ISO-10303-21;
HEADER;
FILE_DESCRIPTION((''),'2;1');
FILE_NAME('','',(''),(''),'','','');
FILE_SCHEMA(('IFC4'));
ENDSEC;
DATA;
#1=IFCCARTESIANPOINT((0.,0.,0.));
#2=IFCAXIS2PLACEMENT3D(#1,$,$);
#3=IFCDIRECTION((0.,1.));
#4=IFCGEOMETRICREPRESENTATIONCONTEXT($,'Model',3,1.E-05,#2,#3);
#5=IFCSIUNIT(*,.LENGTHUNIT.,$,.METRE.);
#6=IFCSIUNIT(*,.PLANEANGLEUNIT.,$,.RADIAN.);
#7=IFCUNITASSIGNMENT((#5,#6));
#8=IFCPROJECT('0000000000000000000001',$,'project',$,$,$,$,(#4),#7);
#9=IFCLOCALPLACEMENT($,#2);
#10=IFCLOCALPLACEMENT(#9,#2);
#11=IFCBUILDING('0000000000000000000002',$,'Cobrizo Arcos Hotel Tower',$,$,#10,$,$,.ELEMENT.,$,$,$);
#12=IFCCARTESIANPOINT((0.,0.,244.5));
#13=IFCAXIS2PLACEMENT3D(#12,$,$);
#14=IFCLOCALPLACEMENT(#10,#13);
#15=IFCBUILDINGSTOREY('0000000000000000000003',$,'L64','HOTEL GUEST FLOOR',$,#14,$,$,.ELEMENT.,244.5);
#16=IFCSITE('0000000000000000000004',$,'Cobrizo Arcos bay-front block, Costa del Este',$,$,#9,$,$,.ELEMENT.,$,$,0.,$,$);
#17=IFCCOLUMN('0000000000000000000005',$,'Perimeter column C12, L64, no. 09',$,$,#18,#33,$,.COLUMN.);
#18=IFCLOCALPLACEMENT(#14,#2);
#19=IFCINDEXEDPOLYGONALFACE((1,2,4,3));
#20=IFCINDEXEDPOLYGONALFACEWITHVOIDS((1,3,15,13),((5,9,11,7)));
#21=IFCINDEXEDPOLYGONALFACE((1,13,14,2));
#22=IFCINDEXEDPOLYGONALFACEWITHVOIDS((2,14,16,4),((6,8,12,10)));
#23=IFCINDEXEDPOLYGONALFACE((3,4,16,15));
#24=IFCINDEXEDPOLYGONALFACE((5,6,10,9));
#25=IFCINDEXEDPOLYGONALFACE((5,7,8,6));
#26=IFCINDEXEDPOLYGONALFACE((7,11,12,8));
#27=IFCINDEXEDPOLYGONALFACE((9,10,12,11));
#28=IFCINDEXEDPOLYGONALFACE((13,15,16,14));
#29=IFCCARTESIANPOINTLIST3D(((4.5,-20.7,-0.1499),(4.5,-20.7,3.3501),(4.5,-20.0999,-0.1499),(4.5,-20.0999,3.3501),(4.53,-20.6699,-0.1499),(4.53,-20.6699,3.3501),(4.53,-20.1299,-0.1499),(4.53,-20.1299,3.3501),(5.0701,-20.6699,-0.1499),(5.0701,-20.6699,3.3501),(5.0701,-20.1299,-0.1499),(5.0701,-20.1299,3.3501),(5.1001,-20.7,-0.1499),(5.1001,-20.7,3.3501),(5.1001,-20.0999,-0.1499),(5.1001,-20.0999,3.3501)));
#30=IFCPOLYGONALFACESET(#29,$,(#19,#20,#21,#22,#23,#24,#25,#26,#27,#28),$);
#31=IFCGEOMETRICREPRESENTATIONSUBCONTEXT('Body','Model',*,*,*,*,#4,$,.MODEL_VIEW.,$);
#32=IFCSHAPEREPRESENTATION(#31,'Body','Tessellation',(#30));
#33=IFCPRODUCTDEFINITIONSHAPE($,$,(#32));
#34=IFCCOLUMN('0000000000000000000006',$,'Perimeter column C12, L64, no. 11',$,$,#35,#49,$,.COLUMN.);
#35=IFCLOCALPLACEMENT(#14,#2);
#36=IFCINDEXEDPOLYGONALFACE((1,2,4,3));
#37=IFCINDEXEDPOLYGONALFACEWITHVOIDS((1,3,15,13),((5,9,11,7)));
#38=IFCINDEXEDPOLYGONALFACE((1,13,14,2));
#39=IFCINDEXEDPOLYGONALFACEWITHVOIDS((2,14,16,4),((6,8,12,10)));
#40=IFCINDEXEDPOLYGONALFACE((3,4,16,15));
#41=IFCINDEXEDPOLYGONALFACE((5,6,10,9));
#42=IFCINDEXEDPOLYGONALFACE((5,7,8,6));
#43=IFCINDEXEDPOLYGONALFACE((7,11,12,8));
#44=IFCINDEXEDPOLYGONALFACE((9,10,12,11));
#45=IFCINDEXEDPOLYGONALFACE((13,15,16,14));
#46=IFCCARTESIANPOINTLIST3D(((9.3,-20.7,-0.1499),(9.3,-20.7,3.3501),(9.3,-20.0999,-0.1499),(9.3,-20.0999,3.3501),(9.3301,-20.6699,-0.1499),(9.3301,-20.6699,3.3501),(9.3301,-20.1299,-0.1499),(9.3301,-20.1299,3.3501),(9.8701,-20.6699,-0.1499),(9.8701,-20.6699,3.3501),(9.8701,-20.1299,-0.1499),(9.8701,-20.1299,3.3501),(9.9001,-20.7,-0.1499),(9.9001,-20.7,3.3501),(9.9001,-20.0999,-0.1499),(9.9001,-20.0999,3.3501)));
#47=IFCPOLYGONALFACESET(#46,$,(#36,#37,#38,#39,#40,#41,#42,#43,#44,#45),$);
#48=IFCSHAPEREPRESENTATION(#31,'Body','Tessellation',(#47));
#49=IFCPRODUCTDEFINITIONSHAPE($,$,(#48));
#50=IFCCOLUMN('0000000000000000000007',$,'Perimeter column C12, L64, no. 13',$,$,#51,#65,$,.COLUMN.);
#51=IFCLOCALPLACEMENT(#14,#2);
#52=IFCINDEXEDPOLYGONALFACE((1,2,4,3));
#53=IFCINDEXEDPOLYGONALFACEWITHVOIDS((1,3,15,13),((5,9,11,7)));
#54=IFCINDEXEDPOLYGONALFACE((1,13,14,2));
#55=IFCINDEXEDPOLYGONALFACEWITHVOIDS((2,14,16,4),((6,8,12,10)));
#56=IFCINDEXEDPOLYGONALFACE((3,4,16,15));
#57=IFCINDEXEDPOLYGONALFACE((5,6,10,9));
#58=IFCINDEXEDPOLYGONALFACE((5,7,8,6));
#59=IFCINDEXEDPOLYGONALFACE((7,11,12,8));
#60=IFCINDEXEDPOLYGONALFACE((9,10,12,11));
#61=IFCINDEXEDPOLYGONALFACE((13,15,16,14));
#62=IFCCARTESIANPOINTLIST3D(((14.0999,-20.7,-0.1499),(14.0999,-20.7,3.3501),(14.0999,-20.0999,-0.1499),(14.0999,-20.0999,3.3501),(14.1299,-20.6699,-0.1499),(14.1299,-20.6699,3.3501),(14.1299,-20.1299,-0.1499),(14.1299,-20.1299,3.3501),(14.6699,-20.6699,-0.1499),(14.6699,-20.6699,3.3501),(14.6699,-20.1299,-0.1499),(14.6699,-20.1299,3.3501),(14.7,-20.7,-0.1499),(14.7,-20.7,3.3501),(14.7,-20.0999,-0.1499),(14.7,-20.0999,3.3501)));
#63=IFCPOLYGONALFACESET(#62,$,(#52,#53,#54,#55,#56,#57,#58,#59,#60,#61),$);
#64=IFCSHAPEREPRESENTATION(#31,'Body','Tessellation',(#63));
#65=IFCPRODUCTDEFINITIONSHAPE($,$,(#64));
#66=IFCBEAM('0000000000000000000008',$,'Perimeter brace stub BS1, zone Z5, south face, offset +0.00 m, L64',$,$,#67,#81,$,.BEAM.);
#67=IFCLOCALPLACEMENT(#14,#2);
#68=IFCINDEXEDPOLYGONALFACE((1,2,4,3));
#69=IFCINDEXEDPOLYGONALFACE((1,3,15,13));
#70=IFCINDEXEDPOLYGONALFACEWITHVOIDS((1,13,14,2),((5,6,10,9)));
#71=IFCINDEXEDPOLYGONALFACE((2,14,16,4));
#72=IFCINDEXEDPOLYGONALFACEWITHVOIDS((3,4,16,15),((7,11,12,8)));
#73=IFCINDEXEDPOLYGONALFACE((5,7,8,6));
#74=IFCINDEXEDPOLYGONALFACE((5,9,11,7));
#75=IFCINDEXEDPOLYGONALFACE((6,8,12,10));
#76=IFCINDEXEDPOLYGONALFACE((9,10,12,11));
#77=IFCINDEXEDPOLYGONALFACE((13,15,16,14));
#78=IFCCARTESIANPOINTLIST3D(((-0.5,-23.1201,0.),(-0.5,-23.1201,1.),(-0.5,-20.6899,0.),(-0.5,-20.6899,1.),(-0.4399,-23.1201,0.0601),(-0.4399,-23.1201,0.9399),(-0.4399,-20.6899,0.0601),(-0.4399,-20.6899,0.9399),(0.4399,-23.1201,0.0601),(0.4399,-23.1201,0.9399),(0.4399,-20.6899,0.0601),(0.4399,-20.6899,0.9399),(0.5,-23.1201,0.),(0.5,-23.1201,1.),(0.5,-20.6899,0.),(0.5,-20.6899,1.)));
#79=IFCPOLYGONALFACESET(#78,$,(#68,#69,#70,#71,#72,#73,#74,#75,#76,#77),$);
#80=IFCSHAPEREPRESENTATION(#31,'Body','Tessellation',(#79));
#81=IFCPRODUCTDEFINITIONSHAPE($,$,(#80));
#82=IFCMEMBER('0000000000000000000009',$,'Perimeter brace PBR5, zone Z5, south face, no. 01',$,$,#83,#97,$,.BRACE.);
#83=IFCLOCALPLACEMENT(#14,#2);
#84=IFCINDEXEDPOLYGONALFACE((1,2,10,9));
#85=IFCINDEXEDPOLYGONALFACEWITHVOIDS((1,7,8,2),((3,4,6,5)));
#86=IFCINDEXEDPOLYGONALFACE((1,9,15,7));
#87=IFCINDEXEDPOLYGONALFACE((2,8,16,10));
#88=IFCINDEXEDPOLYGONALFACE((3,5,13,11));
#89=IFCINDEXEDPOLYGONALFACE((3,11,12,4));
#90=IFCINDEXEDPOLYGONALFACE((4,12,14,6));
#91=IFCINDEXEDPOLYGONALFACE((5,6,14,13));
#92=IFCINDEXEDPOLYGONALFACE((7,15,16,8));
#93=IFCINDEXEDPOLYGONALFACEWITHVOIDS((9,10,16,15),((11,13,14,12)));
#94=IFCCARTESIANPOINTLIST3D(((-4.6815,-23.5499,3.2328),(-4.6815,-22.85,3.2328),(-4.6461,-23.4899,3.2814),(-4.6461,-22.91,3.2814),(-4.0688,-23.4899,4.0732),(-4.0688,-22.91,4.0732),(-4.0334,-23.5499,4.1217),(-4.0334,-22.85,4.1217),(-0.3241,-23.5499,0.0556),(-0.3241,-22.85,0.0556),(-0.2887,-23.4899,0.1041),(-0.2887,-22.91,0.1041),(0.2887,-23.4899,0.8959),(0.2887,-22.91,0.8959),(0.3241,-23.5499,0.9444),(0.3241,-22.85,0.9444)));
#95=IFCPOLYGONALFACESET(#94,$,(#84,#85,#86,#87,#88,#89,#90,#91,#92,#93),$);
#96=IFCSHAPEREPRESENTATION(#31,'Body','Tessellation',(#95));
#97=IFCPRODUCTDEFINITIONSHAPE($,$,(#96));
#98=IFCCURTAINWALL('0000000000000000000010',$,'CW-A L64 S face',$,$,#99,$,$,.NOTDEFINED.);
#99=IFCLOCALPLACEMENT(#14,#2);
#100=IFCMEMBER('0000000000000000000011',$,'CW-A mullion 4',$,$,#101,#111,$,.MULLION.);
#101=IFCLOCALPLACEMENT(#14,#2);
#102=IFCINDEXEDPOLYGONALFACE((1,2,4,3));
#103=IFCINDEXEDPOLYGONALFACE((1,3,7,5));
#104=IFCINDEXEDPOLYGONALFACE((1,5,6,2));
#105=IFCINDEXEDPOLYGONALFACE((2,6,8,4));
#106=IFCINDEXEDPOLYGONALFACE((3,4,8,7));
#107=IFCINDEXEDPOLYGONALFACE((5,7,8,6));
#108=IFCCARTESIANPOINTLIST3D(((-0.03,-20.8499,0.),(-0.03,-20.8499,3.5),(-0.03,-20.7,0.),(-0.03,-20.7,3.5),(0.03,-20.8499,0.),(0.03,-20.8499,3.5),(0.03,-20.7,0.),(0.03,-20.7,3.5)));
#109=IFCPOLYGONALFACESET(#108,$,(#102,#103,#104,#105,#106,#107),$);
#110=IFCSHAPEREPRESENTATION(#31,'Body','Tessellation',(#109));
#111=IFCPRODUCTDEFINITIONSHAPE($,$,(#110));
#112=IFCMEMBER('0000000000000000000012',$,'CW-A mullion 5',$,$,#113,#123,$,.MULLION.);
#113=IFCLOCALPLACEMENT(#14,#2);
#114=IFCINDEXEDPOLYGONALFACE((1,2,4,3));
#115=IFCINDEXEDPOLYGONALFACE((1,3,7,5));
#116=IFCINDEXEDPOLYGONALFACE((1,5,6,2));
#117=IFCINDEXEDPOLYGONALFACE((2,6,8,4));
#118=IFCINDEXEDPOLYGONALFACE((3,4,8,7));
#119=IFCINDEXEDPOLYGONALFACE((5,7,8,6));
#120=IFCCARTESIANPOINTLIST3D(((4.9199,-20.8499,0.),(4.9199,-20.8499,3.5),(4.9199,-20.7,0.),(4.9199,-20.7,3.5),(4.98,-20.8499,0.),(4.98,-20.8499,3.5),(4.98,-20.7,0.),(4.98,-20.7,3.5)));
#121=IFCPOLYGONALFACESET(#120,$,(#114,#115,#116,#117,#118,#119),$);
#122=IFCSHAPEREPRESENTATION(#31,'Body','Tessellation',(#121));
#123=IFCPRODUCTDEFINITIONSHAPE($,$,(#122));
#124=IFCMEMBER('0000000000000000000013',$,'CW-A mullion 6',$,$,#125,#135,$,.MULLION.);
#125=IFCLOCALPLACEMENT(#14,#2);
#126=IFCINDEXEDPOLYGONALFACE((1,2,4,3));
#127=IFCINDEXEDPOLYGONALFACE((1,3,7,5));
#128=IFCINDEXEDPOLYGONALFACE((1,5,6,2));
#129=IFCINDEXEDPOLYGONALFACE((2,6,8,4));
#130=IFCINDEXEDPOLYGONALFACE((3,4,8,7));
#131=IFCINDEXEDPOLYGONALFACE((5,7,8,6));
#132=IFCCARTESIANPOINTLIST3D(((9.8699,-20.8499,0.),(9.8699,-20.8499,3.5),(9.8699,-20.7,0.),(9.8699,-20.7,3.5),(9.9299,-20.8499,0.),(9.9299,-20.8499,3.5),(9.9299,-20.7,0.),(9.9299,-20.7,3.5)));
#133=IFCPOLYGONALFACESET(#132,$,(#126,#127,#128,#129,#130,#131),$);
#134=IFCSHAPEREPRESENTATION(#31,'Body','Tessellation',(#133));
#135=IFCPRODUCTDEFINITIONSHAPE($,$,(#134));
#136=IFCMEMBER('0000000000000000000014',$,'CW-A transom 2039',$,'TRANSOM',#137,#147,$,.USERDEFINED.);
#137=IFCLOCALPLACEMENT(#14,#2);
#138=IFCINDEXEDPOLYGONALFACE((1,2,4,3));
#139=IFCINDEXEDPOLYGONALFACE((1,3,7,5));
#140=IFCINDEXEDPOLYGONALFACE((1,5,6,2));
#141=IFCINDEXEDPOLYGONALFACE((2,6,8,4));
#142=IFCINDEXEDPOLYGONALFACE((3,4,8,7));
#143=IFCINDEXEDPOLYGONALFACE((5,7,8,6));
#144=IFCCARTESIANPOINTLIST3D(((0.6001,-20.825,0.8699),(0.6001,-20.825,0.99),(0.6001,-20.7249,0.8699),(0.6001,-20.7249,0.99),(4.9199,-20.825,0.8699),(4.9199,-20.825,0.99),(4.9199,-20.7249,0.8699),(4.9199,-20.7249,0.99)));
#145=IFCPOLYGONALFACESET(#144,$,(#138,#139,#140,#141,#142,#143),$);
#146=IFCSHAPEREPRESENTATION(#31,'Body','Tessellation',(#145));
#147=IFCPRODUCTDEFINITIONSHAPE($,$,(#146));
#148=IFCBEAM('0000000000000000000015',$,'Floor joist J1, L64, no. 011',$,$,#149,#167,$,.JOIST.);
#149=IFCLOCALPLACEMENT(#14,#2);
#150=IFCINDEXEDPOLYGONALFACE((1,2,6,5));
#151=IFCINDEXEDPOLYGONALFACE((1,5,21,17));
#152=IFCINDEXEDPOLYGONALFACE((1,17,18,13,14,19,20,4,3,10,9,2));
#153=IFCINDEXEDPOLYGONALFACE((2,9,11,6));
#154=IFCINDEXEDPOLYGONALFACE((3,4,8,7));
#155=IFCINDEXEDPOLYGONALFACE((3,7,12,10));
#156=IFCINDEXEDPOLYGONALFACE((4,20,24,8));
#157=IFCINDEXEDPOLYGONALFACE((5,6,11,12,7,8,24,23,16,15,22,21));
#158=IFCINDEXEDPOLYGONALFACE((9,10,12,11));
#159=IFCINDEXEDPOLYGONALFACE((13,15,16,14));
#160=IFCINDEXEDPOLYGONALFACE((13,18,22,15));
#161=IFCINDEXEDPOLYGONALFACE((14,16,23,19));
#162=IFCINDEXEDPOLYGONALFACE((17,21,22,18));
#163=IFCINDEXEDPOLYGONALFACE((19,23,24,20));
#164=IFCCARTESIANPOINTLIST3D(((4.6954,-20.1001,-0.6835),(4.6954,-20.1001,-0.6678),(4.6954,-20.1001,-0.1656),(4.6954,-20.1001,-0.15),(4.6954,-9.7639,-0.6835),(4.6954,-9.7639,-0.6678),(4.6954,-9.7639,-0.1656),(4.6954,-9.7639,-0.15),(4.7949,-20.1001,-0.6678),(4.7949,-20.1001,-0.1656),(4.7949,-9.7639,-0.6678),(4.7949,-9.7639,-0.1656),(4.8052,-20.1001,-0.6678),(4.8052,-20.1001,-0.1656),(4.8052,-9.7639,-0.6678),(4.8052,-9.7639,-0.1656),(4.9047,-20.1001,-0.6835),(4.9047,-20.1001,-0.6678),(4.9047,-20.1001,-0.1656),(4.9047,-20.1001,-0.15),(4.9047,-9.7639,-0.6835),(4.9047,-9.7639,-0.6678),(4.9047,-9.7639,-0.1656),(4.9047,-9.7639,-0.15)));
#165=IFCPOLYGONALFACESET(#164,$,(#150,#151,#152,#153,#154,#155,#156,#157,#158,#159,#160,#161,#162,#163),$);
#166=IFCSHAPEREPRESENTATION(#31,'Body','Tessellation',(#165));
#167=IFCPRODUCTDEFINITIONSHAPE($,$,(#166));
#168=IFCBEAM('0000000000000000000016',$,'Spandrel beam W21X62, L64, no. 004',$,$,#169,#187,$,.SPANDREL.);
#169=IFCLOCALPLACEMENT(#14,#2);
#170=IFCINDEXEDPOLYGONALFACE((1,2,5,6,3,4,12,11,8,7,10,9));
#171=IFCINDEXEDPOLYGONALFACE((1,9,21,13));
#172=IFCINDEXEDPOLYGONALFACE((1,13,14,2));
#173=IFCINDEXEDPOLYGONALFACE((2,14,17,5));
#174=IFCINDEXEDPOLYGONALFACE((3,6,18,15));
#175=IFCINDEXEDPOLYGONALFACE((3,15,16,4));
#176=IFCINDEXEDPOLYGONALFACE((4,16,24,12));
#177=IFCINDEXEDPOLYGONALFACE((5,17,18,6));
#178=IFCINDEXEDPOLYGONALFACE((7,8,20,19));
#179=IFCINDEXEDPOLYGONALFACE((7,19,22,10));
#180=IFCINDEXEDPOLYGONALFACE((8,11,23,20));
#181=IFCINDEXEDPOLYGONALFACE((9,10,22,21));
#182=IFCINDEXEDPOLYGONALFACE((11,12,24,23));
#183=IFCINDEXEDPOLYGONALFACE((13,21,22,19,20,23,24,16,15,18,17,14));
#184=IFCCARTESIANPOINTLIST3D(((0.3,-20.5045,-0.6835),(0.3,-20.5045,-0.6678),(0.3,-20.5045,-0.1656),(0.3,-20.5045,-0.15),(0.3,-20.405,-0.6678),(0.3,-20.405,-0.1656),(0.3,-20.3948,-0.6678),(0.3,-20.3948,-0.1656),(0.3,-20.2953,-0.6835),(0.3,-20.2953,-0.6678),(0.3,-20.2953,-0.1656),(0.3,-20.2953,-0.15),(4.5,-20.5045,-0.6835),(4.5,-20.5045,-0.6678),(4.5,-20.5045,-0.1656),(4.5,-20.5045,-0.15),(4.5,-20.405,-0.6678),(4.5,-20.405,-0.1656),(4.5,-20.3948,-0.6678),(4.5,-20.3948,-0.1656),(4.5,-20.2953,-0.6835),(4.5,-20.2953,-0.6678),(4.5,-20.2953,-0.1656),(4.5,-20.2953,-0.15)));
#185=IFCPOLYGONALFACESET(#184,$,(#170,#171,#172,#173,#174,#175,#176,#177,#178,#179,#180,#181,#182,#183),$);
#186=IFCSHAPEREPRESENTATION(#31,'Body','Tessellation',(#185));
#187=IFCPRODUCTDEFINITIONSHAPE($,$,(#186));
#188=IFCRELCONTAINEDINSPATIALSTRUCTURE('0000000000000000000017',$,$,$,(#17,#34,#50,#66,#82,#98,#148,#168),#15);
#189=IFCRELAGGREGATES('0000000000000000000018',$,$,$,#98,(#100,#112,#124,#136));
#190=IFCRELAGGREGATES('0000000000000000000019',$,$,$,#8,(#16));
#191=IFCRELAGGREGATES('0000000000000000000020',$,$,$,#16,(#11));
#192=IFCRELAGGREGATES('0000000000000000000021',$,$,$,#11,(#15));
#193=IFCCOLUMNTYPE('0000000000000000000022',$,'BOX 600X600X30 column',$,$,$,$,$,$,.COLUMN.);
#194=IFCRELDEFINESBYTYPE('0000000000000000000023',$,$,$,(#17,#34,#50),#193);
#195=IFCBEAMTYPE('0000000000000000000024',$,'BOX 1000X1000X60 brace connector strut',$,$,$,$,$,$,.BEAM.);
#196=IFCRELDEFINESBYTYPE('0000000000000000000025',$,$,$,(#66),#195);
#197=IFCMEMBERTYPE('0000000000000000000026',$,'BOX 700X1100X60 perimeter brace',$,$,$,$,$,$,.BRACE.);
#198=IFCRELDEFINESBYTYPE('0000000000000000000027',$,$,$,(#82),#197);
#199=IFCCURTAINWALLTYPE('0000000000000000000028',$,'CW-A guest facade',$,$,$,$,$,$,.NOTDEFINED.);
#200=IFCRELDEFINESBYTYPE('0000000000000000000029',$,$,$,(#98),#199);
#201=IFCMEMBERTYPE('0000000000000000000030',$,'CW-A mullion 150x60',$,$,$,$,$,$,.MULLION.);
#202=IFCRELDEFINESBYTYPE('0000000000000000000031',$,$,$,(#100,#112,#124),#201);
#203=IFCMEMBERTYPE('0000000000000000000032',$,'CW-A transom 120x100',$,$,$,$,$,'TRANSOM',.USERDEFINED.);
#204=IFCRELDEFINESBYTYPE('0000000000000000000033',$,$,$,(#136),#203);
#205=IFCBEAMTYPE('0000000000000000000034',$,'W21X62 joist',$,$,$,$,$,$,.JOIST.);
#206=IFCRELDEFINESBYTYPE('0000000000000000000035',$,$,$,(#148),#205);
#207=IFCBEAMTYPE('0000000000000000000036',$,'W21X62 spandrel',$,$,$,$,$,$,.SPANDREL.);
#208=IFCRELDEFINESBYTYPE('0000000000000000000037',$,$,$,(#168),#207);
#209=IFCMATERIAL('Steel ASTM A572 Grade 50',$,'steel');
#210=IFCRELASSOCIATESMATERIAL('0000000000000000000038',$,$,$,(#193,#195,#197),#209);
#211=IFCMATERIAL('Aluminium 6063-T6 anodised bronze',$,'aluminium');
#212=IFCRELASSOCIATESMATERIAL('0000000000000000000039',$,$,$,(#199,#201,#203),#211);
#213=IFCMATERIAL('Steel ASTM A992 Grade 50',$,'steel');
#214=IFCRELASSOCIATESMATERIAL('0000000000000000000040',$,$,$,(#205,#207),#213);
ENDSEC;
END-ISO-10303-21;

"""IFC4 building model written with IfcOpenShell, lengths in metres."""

from ifc_helpers import new_model, si_unit, direction, frame, origin, origin_2d, place, context, subcontext, project, spatial, rectangle, hollow_rectangle, i_section, extrude, material, material_profile, profile_set, type_object, element, aggregate, save


model = new_model("IFC4")

# Units and contexts
model_context = context("Model", 3, precision=1e-05, world=origin(), true_north=direction((0.0, 1.0)))
body_context = subcontext(model_context, "Body", "Model", "MODEL_VIEW")
ifc_project = project(units=[si_unit("LENGTHUNIT", "METRE"), si_unit("PLANEANGLEUNIT", "RADIAN")], contexts=[model_context])

# Site, building, storey
site_placement = place(None, origin())
site = spatial("IfcSite", under=ifc_project, at=site_placement, Name="Cobrizo Arcos bay-front block, Costa del Este", CompositionType="ELEMENT", RefElevation=0.0)
building_placement = place(site_placement, origin())
building = spatial("IfcBuilding", under=site, at=building_placement, Name="Cobrizo Arcos Hotel Tower", CompositionType="ELEMENT")
storey_placement = place(building_placement, frame((0.0, 0.0, 244.5)))
storey = spatial("IfcBuildingStorey", under=building, at=storey_placement, Name="L64", Description="HOTEL GUEST FLOOR", CompositionType="ELEMENT", Elevation=244.5)

# Columns
ifc_material_1 = material(Name="Steel ASTM A572 Grade 50", Category="steel")
ifc_material_profile_1 = material_profile(ifc_material_1, hollow_rectangle(XDim=0.6001, YDim=0.6001, WallThickness=0.03, at=origin_2d()), Name="BOX 600X600X30")
ifc_profile_set_1 = profile_set([ifc_material_profile_1], Name="Steel ASTM A572 Grade 50")
column_type = type_object("IfcColumnType", Name="BOX 600X600X30 column", PredefinedType="COLUMN", material=ifc_profile_set_1)
for number, where, z_axis, x_axis, name in (
    (1, (4.8, -20.3999, -0.1499), (0.0, 0.0, 1.0), (1.0, 0.0, 0.0), "Perimeter column C12, L64, no. 09"),
    (2, (9.6001, -20.3999, -0.1499), (0.0, 0.0, 1.0), (1.0, 0.0, 0.0), "Perimeter column C12, L64, no. 11"),
    (3, (14.3999, -20.3999, -0.1499), (0.0, 0.0, 1.0), (1.0, 0.0, 0.0), "Perimeter column C12, L64, no. 13"),
):
    element("IfcColumn", number, at=place(storey_placement, frame(where, z_axis=z_axis, x_axis=x_axis)), inside=storey, type_object=column_type, Name=name, PredefinedType="COLUMN", context=body_context, shape_type="SweptSolid", body=[
        extrude(hollow_rectangle(XDim=0.6001, YDim=0.6001, WallThickness=0.03, at=origin_2d()), origin(), (0.0, 0.0, 1.0), 3.5),
    ])

# Beam
ifc_material_profile_2 = material_profile(ifc_material_1, hollow_rectangle(XDim=1.0, YDim=1.0, WallThickness=0.0601, at=origin_2d()), Name="BOX 1000X1000X60")
ifc_profile_set_2 = profile_set([ifc_material_profile_2], Name="Steel ASTM A572 Grade 50")
beam_type_1 = type_object("IfcBeamType", Name="BOX 1000X1000X60 brace connector strut", PredefinedType="BEAM", material=ifc_profile_set_2)
beam_1_placement = place(storey_placement, frame((0.0, -20.6899, 0.5), z_axis=(0.0, -1.0, 0.0), x_axis=(1.0, 0.0, 0.0)))
element("IfcBeam", 4, at=beam_1_placement, inside=storey, type_object=beam_type_1, Name="Perimeter brace stub BS1, zone Z5, south face, offset +0.00 m, L64", PredefinedType="BEAM", context=body_context, shape_type="SweptSolid", body=[
    extrude(hollow_rectangle(XDim=1.0, YDim=1.0, WallThickness=0.0601, at=origin_2d()), origin(), (0.0, 0.0, 1.0), 2.4302),
])

# Member
ifc_material_profile_3 = material_profile(ifc_material_1, hollow_rectangle(XDim=0.7, YDim=1.1001, WallThickness=0.0601, at=origin_2d()), Name="BOX 700X1100X60")
ifc_profile_set_3 = profile_set([ifc_material_profile_3], Name="Steel ASTM A572 Grade 50")
member_type_1 = type_object("IfcMemberType", Name="BOX 700X1100X60 perimeter brace", PredefinedType="BRACE", material=ifc_profile_set_3)
member_1_placement = place(storey_placement, frame((0.0, -23.2, 0.5), z_axis=(-0.808011, 0.0, 0.589167), x_axis=(0.0, -1.0, 0.0)))
element("IfcMember", 5, at=member_1_placement, inside=storey, type_object=member_type_1, Name="Perimeter brace PBR5, zone Z5, south face, no. 01", PredefinedType="BRACE", context=body_context, shape_type="SweptSolid", body=[
    extrude(hollow_rectangle(XDim=0.7, YDim=1.1001, WallThickness=0.0601, at=origin_2d()), origin(), (0.0, 0.0, 1.0), 5.3928),
])

# Curtain wall, members
ifc_material_2 = material(Name="Aluminium 6063-T6 anodised bronze", Category="aluminium")
curtain_wall_type = type_object("IfcCurtainWallType", Name="CW-A guest facade", PredefinedType="NOTDEFINED", material=ifc_material_2)
curtain_wall_placement = place(storey_placement, origin())
curtain_wall = element("IfcCurtainWall", 6, at=curtain_wall_placement, inside=storey, type_object=curtain_wall_type, Name="CW-A L64 S face", PredefinedType="NOTDEFINED")
ifc_material_profile_4 = material_profile(ifc_material_2, rectangle(XDim=0.1499, YDim=0.0601, at=origin_2d()), Name="CW-A mullion 150x60")
ifc_profile_set_4 = profile_set([ifc_material_profile_4], Name="Aluminium 6063-T6 anodised bronze")
member_type_2 = type_object("IfcMemberType", Name="CW-A mullion 150x60", PredefinedType="MULLION", material=ifc_profile_set_4)
member_2_placement = place(storey_placement, frame((0.0, -20.7749, 0.0), z_axis=(0.0, 0.0, 1.0), x_axis=(0.0, -1.0, 0.0)))
member_2 = element("IfcMember", 7, at=member_2_placement, type_object=member_type_2, Name="CW-A mullion 4", PredefinedType="MULLION", context=body_context, shape_type="SweptSolid", body=[
    extrude(rectangle(XDim=0.1499, YDim=0.0601, at=origin_2d()), origin(), (0.0, 0.0, 1.0), 3.5),
])
member_3_placement = place(storey_placement, frame((4.95, -20.7749, 0.0), z_axis=(0.0, 0.0, 1.0), x_axis=(0.0, -1.0, 0.0)))
member_3 = element("IfcMember", 8, at=member_3_placement, type_object=member_type_2, Name="CW-A mullion 5", PredefinedType="MULLION", context=body_context, shape_type="SweptSolid", body=[
    extrude(rectangle(XDim=0.1499, YDim=0.0601, at=origin_2d()), origin(), (0.0, 0.0, 1.0), 3.5),
])
member_4_placement = place(storey_placement, frame((9.8999, -20.7749, 0.0), z_axis=(0.0, 0.0, 1.0), x_axis=(0.0, -1.0, 0.0)))
member_4 = element("IfcMember", 9, at=member_4_placement, type_object=member_type_2, Name="CW-A mullion 6", PredefinedType="MULLION", context=body_context, shape_type="SweptSolid", body=[
    extrude(rectangle(XDim=0.1499, YDim=0.0601, at=origin_2d()), origin(), (0.0, 0.0, 1.0), 3.5),
])
ifc_material_profile_5 = material_profile(ifc_material_2, rectangle(XDim=0.1001, YDim=0.1201, at=origin_2d()), Name="CW-A transom 120x100")
ifc_profile_set_5 = profile_set([ifc_material_profile_5], Name="Aluminium 6063-T6 anodised bronze")
member_type_3 = type_object("IfcMemberType", Name="CW-A transom 120x100", ElementType="TRANSOM", PredefinedType="USERDEFINED", material=ifc_profile_set_5)
member_5_placement = place(storey_placement, frame((0.6001, -20.7749, 0.9299), z_axis=(1.0, 0.0, 0.0), x_axis=(0.0, 1.0, 0.0)))
member_5 = element("IfcMember", 10, at=member_5_placement, type_object=member_type_3, Name="CW-A transom 2039", ObjectType="TRANSOM", PredefinedType="USERDEFINED", context=body_context, shape_type="SweptSolid", body=[
    extrude(rectangle(XDim=0.1001, YDim=0.1201, at=origin_2d()), origin(), (0.0, 0.0, 1.0), 4.3198),
])

# Beams
ifc_material_3 = material(Name="Steel ASTM A992 Grade 50", Category="steel")
ifc_material_profile_6 = material_profile(ifc_material_3, i_section(OverallWidth=0.2092, OverallDepth=0.5334, WebThickness=0.0103, FlangeThickness=0.0156, at=origin_2d()), Name="W21X62")
ifc_profile_set_6 = profile_set([ifc_material_profile_6], Name="Steel ASTM A992 Grade 50")
beam_type_2 = type_object("IfcBeamType", Name="W21X62 joist", PredefinedType="JOIST", material=ifc_profile_set_6)
beam_2_placement = place(storey_placement, frame((4.8, -20.1001, -0.4167), z_axis=(0.0, 1.0, 0.0), x_axis=(-1.0, 0.0, 0.0)))
element("IfcBeam", 11, at=beam_2_placement, inside=storey, type_object=beam_type_2, Name="Floor joist J1, L64, no. 011", PredefinedType="JOIST", context=body_context, shape_type="SweptSolid", body=[
    extrude(i_section(OverallWidth=0.2092, OverallDepth=0.5334, WebThickness=0.0103, FlangeThickness=0.0156, at=origin_2d()), origin(), (0.0, 0.0, 1.0), 10.3362),
])
ifc_material_profile_7 = material_profile(ifc_material_3, i_section(OverallWidth=0.2092, OverallDepth=0.5334, WebThickness=0.0103, FlangeThickness=0.0156, at=origin_2d()), Name="W21X62")
ifc_profile_set_7 = profile_set([ifc_material_profile_7], Name="Steel ASTM A992 Grade 50")
beam_type_3 = type_object("IfcBeamType", Name="W21X62 spandrel", PredefinedType="SPANDREL", material=ifc_profile_set_7)
for number, where, z_axis, x_axis, name in (
    (12, (0.3, -20.3999, -0.4167), (1.0, 0.0, 0.0), (0.0, 1.0, 0.0), "Spandrel beam W21X62, L64, no. 004"),
):
    element("IfcBeam", number, at=place(storey_placement, frame(where, z_axis=z_axis, x_axis=x_axis)), inside=storey, type_object=beam_type_3, Name=name, PredefinedType="SPANDREL", context=body_context, shape_type="SweptSolid", body=[
        extrude(i_section(OverallWidth=0.2092, OverallDepth=0.5334, WebThickness=0.0103, FlangeThickness=0.0156, at=origin_2d()), origin(), (0.0, 0.0, 1.0), 4.2),
    ])

aggregate(curtain_wall, [member_2, member_3, member_4, member_5])

save(model, "model.ifc")
